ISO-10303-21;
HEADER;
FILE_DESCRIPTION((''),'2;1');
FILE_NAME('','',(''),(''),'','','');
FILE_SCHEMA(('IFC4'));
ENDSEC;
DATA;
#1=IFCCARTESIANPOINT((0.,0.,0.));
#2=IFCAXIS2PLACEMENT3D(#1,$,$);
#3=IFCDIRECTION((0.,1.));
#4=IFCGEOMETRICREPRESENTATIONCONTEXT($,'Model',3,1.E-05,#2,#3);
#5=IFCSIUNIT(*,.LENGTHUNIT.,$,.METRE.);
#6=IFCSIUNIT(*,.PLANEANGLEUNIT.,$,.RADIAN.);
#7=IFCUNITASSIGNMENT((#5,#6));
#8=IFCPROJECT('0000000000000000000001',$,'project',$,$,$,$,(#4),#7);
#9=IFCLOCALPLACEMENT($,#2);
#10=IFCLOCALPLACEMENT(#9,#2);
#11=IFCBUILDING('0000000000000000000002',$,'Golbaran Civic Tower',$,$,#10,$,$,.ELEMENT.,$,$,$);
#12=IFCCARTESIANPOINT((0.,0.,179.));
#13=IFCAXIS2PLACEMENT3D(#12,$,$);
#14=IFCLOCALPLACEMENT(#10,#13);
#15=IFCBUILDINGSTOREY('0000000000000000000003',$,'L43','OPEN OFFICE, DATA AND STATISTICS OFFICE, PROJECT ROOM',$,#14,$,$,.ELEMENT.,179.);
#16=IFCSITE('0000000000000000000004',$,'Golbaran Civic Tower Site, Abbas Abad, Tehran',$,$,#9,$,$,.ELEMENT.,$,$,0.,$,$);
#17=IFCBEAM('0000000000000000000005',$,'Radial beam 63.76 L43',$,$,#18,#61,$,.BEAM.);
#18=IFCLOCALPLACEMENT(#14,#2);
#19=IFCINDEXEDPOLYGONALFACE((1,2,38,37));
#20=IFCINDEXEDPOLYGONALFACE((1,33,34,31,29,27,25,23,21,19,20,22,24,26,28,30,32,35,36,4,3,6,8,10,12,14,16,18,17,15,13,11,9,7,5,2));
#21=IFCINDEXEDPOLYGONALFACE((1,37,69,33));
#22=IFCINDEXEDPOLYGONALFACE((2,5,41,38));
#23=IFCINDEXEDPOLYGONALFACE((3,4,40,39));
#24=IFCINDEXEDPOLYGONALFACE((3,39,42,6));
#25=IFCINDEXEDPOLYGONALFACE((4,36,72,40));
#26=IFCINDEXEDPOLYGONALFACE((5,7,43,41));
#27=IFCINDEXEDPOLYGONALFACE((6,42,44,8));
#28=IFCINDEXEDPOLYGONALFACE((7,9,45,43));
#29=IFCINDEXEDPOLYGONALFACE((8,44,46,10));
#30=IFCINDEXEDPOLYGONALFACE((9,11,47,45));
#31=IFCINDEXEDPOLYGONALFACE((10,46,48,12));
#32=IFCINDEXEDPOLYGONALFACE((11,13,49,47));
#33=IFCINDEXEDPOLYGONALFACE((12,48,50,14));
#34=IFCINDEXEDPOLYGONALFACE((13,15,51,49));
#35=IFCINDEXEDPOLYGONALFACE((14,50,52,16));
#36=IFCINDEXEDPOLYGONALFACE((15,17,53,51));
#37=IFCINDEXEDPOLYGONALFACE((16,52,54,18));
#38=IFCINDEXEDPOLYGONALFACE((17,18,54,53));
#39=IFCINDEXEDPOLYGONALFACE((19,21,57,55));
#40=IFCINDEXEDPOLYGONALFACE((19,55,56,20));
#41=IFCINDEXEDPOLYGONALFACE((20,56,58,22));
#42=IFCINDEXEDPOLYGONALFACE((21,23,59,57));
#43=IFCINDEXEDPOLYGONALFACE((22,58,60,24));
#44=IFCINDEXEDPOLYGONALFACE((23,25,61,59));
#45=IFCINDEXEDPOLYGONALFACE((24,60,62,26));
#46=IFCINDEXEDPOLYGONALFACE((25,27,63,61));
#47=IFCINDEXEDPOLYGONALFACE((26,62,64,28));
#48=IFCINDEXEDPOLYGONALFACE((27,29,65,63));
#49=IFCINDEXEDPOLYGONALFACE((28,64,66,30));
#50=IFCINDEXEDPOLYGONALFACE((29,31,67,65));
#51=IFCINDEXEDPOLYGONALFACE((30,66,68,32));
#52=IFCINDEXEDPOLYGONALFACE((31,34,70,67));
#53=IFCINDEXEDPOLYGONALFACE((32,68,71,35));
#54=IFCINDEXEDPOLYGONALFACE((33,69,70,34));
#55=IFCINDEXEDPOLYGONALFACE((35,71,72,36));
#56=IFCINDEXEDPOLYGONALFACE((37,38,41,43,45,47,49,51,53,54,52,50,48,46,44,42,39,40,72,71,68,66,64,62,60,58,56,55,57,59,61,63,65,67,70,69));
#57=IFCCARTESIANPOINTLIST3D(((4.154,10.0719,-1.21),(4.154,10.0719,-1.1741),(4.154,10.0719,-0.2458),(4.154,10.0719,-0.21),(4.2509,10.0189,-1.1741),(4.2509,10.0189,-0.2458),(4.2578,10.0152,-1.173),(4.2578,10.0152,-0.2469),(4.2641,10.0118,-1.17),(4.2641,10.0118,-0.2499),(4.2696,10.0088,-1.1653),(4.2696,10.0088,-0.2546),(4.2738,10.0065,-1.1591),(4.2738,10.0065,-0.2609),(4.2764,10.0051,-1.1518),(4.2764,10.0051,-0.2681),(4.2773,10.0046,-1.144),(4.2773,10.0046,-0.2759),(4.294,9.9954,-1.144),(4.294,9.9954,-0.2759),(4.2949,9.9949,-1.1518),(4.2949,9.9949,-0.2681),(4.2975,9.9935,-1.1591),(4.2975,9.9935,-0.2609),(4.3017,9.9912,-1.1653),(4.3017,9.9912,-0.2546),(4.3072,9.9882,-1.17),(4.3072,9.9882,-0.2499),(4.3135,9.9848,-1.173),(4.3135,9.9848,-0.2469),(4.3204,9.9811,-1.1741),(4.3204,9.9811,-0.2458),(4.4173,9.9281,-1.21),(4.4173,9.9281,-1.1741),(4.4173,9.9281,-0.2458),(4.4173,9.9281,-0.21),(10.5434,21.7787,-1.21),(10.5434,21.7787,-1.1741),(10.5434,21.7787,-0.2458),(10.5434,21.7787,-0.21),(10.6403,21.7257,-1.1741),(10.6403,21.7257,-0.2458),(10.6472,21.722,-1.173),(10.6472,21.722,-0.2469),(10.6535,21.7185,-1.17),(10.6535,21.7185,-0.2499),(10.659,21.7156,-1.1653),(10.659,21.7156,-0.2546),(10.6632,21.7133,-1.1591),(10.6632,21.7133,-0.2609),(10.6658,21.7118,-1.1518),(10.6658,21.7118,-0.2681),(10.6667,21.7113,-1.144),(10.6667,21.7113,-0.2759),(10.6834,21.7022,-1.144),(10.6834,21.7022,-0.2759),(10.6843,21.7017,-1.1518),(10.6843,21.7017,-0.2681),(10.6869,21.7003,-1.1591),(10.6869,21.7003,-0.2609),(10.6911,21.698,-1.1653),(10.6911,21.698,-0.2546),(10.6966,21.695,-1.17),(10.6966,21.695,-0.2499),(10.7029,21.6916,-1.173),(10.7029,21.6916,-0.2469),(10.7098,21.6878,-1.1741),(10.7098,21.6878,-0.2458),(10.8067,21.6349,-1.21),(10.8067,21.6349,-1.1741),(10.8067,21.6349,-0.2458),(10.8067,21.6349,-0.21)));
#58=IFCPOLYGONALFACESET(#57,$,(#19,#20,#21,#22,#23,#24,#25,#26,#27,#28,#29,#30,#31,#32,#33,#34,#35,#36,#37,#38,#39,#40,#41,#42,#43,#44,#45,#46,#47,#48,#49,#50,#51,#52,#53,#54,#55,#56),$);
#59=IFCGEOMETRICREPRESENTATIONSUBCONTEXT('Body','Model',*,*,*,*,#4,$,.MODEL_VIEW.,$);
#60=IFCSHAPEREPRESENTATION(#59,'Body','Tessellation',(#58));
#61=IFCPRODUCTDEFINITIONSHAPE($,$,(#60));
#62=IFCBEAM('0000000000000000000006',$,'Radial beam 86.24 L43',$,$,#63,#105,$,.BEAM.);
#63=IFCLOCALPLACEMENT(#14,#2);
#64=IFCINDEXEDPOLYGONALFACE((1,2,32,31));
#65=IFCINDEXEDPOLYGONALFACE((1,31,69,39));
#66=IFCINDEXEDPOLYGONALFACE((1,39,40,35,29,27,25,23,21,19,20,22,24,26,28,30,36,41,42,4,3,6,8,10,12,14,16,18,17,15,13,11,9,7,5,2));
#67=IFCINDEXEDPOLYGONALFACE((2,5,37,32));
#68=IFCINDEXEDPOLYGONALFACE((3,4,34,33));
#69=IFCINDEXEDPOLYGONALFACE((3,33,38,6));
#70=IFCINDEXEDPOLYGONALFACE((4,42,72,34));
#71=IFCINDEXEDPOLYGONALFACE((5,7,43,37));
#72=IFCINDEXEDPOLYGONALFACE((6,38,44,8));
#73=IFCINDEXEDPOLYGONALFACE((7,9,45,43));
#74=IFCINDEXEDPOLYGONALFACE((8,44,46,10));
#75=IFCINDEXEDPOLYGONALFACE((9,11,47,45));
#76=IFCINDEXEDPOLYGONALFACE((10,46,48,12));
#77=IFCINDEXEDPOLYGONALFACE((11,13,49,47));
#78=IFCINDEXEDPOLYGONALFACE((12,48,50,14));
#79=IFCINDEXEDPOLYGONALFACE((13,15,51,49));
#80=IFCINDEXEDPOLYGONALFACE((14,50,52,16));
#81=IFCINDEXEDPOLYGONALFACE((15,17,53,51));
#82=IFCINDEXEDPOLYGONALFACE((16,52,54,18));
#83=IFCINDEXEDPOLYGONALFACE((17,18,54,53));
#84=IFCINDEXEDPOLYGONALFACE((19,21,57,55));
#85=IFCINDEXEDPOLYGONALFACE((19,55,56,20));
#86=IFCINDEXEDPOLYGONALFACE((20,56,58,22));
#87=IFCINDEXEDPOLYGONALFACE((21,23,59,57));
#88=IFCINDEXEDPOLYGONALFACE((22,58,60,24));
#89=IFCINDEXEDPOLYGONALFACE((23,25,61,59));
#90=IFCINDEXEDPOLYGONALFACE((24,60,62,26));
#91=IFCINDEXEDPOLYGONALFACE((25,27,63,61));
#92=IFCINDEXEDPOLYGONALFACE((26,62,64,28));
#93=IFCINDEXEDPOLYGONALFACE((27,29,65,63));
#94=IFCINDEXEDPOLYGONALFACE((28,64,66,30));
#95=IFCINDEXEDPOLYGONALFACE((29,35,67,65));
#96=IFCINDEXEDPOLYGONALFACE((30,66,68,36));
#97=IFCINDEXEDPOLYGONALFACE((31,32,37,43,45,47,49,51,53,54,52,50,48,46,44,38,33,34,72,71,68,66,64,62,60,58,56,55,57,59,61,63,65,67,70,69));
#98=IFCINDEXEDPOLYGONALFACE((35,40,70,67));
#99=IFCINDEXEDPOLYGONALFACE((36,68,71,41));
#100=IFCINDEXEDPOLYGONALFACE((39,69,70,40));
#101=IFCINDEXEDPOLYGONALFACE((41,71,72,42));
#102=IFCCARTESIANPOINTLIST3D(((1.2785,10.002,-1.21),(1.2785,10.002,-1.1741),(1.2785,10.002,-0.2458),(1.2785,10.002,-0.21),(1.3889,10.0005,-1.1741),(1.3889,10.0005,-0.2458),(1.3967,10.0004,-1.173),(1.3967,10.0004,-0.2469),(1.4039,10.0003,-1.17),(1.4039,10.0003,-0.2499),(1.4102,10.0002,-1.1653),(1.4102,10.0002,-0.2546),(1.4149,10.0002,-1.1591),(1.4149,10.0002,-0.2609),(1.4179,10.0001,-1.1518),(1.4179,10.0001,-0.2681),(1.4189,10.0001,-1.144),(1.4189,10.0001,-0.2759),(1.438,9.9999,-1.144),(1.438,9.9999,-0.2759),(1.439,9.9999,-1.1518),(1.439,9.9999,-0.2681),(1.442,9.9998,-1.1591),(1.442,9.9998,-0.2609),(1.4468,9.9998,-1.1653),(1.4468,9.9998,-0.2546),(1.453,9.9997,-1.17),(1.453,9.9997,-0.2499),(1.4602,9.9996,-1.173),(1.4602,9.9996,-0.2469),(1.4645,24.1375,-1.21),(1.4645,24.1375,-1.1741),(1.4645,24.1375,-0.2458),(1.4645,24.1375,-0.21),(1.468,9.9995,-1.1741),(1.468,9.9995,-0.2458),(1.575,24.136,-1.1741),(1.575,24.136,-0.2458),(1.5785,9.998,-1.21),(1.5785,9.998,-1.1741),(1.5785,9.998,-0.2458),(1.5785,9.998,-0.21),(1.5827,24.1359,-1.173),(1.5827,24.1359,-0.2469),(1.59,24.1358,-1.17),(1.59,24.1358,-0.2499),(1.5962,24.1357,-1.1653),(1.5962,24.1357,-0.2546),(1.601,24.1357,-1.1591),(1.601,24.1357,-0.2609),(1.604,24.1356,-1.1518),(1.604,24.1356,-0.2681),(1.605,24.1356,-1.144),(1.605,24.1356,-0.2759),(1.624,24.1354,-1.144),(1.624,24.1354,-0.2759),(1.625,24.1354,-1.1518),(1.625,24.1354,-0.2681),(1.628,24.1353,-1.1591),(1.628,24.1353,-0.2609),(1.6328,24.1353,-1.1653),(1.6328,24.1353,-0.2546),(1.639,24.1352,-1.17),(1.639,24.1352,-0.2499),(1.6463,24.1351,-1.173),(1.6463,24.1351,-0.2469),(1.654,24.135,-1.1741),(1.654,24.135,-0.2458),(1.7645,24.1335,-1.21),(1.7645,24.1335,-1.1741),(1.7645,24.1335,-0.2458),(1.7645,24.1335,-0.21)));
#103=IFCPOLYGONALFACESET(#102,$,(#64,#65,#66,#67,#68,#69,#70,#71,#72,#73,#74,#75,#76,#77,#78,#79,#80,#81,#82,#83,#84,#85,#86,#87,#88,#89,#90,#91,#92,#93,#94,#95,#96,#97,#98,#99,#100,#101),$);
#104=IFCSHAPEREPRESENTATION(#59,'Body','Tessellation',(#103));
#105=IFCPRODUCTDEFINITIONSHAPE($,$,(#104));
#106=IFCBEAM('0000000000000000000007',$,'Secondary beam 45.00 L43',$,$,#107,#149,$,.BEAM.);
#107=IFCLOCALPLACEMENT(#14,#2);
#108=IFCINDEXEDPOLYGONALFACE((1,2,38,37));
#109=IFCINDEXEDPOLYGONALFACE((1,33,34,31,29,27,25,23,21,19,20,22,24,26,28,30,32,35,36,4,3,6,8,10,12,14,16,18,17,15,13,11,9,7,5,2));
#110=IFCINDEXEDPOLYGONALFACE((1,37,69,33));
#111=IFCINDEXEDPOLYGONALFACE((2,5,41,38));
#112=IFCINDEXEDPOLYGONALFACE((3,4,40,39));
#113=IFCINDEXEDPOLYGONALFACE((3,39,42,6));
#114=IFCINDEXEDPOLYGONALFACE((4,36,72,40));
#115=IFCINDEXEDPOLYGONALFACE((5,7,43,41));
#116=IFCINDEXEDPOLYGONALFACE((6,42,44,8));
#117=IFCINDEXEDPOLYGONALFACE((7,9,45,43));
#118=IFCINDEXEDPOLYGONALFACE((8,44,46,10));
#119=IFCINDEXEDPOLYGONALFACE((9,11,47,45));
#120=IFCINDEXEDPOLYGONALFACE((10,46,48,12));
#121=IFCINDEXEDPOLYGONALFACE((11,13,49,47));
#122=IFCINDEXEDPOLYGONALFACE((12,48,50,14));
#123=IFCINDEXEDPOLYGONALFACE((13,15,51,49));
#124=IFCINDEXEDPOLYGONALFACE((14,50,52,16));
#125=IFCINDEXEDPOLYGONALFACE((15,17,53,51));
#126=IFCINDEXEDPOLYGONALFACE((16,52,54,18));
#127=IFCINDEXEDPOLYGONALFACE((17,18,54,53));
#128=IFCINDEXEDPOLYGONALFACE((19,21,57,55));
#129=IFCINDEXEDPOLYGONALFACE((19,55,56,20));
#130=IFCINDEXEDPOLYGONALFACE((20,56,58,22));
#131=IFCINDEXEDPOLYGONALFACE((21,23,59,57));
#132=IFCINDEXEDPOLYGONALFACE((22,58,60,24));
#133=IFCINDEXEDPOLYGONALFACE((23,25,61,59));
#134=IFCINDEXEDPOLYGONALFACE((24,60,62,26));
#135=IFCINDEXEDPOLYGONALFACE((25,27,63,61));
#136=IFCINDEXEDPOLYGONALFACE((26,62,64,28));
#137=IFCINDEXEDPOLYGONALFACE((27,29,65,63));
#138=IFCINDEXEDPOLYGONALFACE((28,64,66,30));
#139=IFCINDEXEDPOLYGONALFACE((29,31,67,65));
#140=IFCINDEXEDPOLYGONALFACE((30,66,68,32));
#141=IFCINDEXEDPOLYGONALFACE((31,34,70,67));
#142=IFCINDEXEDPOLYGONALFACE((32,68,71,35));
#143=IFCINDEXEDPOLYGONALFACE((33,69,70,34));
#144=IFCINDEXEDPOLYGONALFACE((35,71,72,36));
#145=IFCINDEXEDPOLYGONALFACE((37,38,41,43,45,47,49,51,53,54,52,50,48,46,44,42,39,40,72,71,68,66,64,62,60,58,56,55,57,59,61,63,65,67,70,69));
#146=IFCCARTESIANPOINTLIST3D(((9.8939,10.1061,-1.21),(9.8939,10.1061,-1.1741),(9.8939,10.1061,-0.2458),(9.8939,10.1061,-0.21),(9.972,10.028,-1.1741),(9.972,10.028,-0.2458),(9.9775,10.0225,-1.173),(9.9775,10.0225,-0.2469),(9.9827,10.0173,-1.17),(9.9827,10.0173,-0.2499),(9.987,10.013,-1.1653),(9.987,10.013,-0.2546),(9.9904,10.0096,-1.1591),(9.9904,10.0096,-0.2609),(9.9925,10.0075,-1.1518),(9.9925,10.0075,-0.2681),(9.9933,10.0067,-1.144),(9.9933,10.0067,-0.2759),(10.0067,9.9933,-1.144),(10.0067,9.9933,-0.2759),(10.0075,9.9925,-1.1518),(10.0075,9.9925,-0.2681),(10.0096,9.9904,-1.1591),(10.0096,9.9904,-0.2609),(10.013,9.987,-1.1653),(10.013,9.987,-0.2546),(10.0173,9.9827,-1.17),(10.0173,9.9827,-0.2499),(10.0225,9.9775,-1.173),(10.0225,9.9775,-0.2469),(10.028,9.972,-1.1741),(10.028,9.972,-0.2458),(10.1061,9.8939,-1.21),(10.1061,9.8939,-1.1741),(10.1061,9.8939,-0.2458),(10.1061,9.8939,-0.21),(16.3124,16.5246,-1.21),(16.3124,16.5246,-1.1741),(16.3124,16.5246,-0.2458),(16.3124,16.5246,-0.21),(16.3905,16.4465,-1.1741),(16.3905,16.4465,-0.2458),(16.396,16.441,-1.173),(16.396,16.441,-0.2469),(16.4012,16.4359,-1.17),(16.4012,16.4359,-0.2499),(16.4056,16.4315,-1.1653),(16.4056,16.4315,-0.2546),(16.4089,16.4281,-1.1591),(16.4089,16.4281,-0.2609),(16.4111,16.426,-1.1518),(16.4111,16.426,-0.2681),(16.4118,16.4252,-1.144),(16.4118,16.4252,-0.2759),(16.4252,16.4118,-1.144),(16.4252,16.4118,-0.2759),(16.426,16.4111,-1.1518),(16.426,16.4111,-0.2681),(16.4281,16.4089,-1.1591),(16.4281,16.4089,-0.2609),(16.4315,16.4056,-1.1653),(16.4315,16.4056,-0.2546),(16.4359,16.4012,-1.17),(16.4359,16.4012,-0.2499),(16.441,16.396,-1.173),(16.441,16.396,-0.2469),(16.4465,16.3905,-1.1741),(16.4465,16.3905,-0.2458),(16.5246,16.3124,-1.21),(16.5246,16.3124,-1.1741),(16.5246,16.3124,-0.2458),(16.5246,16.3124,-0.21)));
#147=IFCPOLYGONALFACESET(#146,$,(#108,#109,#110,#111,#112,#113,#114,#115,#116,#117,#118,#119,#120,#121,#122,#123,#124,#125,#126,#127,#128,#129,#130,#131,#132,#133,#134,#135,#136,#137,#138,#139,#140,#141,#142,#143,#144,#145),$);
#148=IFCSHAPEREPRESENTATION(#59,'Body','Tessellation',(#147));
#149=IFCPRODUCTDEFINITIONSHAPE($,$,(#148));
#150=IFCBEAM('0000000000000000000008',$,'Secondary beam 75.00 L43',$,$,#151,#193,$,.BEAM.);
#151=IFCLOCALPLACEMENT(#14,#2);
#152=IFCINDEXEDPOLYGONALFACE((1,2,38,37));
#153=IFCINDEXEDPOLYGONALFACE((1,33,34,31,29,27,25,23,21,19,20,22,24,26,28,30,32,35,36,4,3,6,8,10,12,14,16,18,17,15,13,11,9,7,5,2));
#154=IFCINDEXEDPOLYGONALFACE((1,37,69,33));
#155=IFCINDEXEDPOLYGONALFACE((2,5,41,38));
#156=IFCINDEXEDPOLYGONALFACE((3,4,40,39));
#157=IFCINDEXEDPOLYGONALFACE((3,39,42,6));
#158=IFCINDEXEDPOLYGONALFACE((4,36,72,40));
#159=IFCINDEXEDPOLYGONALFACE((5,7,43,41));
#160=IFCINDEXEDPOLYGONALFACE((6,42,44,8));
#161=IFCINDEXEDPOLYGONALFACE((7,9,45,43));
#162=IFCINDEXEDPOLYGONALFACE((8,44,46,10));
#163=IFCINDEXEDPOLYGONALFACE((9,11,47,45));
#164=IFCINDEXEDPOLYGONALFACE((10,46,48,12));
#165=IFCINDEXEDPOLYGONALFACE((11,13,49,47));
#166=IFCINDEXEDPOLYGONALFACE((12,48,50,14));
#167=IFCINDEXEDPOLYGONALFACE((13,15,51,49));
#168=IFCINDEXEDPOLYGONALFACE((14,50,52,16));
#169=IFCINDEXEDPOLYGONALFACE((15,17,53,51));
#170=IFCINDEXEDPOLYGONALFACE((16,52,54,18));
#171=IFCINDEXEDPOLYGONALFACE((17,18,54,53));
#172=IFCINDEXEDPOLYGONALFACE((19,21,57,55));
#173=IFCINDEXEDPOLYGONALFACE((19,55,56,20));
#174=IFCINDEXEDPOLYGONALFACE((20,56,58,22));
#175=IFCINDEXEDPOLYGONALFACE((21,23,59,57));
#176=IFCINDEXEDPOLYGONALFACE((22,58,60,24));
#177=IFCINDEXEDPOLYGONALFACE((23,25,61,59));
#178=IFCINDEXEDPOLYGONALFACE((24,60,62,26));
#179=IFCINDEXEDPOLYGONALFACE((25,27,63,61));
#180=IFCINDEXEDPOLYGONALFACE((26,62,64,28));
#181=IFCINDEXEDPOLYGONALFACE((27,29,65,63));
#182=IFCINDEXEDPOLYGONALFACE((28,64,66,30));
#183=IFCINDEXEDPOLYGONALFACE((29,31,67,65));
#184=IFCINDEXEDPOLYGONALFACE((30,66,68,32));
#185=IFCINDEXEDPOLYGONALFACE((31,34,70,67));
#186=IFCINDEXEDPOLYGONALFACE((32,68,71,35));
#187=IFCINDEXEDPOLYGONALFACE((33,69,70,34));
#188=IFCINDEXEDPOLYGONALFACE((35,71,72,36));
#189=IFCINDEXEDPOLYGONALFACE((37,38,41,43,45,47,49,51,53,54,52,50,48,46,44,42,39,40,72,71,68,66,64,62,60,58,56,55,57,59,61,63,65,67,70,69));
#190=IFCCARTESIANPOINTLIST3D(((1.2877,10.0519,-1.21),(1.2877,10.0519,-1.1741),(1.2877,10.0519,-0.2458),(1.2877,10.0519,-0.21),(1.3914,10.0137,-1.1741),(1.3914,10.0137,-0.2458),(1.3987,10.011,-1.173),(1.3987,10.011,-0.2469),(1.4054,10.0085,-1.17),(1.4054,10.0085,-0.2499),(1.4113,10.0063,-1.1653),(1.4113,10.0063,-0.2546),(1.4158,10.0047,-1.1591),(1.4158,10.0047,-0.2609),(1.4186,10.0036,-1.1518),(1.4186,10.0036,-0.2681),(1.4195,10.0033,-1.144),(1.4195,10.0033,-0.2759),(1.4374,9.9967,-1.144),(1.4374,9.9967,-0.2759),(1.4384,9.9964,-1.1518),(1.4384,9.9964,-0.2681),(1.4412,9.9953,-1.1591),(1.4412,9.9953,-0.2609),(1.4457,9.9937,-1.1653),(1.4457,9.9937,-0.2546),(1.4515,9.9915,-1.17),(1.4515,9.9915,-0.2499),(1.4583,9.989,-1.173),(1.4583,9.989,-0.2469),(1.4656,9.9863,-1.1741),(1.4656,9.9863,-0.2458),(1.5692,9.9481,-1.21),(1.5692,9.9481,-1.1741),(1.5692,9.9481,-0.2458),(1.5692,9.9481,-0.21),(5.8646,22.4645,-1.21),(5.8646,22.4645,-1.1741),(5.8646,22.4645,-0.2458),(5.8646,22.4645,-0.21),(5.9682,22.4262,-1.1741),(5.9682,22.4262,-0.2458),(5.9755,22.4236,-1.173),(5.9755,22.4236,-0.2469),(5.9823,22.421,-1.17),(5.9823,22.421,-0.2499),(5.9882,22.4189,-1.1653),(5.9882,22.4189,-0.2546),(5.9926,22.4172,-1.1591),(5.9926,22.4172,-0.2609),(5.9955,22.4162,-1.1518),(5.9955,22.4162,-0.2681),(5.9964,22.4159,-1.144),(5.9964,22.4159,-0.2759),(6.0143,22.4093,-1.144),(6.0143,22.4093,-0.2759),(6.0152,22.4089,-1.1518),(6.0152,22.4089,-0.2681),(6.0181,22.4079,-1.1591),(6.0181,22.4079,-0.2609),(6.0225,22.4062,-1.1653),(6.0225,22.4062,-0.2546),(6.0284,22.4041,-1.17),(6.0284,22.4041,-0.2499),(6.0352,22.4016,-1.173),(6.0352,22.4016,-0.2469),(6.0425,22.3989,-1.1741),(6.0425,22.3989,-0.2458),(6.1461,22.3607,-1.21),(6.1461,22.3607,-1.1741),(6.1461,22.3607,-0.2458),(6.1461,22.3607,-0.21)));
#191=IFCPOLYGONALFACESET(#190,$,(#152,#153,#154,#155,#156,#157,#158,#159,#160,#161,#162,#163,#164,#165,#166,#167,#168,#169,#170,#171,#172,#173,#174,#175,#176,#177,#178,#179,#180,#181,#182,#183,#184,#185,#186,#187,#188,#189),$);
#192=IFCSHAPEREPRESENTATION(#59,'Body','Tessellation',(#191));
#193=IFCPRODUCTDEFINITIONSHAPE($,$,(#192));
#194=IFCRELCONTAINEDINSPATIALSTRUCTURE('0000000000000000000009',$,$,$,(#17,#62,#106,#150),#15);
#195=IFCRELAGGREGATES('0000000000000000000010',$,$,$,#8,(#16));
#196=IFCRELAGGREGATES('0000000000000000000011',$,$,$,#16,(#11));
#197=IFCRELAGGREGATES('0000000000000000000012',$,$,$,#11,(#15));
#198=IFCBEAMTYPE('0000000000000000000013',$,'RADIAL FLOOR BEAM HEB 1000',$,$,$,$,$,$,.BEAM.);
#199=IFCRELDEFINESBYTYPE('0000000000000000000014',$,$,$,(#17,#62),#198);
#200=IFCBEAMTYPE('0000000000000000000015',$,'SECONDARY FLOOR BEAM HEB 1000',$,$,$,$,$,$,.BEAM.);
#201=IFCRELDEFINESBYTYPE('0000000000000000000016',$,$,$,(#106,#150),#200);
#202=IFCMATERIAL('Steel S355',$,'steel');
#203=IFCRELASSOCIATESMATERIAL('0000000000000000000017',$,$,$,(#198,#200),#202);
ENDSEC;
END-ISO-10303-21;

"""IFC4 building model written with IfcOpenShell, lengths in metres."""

from ifc_helpers import new_model, si_unit, direction, frame, origin, origin_2d, place, context, subcontext, project, spatial, i_section, extrude, material, material_profile, profile_set, type_object, element, save


model = new_model("IFC4")

# Units and contexts
model_context = context("Model", 3, precision=1e-05, world=origin(), true_north=direction((0.0, 1.0)))
body_context = subcontext(model_context, "Body", "Model", "MODEL_VIEW")
ifc_project = project(units=[si_unit("LENGTHUNIT", "METRE"), si_unit("PLANEANGLEUNIT", "RADIAN")], contexts=[model_context])

# Site, building, storey
site_placement = place(None, origin())
site = spatial("IfcSite", under=ifc_project, at=site_placement, Name="Golbaran Civic Tower Site, Abbas Abad, Tehran", CompositionType="ELEMENT", RefElevation=0.0)
building_placement = place(site_placement, origin())
building = spatial("IfcBuilding", under=site, at=building_placement, Name="Golbaran Civic Tower", CompositionType="ELEMENT")
storey_placement = place(building_placement, frame((0.0, 0.0, 179.0)))
storey = spatial("IfcBuildingStorey", under=building, at=storey_placement, Name="L43", Description="OPEN OFFICE, DATA AND STATISTICS OFFICE, PROJECT ROOM", CompositionType="ELEMENT", Elevation=179.0)

# Beams
ifc_material_1 = material(Name="Steel S355", Category="steel")
ifc_material_profile_1 = material_profile(ifc_material_1, i_section(OverallWidth=0.3, OverallDepth=1.0, WebThickness=0.019, FlangeThickness=0.0359, FilletRadius=0.03, at=origin_2d()), Name="HEB 1000")
ifc_profile_set_1 = profile_set([ifc_material_profile_1], Name="Steel S355")
beam_type_1 = type_object("IfcBeamType", Name="RADIAL FLOOR BEAM HEB 1000", PredefinedType="BEAM", material=ifc_profile_set_1)
beam_1_placement = place(storey_placement, frame((4.2856, 10.0, -0.71), z_axis=(0.479077, 0.877773, 0.0), x_axis=(-0.877773, 0.479077, 0.0)))
element("IfcBeam", 1, at=beam_1_placement, inside=storey, type_object=beam_type_1, Name="Radial beam 63.76 L43", PredefinedType="BEAM", context=body_context, shape_type="SweptSolid", body=[
    extrude(i_section(OverallWidth=0.3, OverallDepth=1.0, WebThickness=0.019, FlangeThickness=0.0359, FilletRadius=0.03, at=origin_2d()), origin(), (0.0, 0.0, 1.0), 13.3369),
])
beam_2_placement = place(storey_placement, frame((1.4285, 10.0, -0.71), z_axis=(0.01316, 0.999913, 0.0), x_axis=(-0.999913, 0.01316, 0.0)))
element("IfcBeam", 2, at=beam_2_placement, inside=storey, type_object=beam_type_1, Name="Radial beam 86.24 L43", PredefinedType="BEAM", context=body_context, shape_type="SweptSolid", body=[
    extrude(i_section(OverallWidth=0.3, OverallDepth=1.0, WebThickness=0.019, FlangeThickness=0.0359, FilletRadius=0.03, at=origin_2d()), origin(), (0.0, 0.0, 1.0), 14.1367),
])
ifc_material_profile_2 = material_profile(ifc_material_1, i_section(OverallWidth=0.3, OverallDepth=1.0, WebThickness=0.019, FlangeThickness=0.0359, FilletRadius=0.03, at=origin_2d()), Name="HEB 1000")
ifc_profile_set_2 = profile_set([ifc_material_profile_2], Name="Steel S355")
beam_type_2 = type_object("IfcBeamType", Name="SECONDARY FLOOR BEAM HEB 1000", PredefinedType="BEAM", material=ifc_profile_set_2)
beam_3_placement = place(storey_placement, frame((10.0, 10.0, -0.71), z_axis=(0.707107, 0.707107, 0.0), x_axis=(-0.707107, 0.707107, 0.0)))
element("IfcBeam", 3, at=beam_3_placement, inside=storey, type_object=beam_type_2, Name="Secondary beam 45.00 L43", PredefinedType="BEAM", context=body_context, shape_type="SweptSolid", body=[
    extrude(i_section(OverallWidth=0.3, OverallDepth=1.0, WebThickness=0.019, FlangeThickness=0.0359, FilletRadius=0.03, at=origin_2d()), origin(), (0.0, 0.0, 1.0), 9.0771),
])
beam_4_placement = place(storey_placement, frame((1.4285, 10.0, -0.71), z_axis=(0.345961, 0.938249, 0.0), x_axis=(-0.938249, 0.345961, 0.0)))
element("IfcBeam", 4, at=beam_4_placement, inside=storey, type_object=beam_type_2, Name="Secondary beam 75.00 L43", PredefinedType="BEAM", context=body_context, shape_type="SweptSolid", body=[
    extrude(i_section(OverallWidth=0.3, OverallDepth=1.0, WebThickness=0.019, FlangeThickness=0.0359, FilletRadius=0.03, at=origin_2d()), origin(), (0.0, 0.0, 1.0), 13.2295),
])

save(model, "model.ifc")
